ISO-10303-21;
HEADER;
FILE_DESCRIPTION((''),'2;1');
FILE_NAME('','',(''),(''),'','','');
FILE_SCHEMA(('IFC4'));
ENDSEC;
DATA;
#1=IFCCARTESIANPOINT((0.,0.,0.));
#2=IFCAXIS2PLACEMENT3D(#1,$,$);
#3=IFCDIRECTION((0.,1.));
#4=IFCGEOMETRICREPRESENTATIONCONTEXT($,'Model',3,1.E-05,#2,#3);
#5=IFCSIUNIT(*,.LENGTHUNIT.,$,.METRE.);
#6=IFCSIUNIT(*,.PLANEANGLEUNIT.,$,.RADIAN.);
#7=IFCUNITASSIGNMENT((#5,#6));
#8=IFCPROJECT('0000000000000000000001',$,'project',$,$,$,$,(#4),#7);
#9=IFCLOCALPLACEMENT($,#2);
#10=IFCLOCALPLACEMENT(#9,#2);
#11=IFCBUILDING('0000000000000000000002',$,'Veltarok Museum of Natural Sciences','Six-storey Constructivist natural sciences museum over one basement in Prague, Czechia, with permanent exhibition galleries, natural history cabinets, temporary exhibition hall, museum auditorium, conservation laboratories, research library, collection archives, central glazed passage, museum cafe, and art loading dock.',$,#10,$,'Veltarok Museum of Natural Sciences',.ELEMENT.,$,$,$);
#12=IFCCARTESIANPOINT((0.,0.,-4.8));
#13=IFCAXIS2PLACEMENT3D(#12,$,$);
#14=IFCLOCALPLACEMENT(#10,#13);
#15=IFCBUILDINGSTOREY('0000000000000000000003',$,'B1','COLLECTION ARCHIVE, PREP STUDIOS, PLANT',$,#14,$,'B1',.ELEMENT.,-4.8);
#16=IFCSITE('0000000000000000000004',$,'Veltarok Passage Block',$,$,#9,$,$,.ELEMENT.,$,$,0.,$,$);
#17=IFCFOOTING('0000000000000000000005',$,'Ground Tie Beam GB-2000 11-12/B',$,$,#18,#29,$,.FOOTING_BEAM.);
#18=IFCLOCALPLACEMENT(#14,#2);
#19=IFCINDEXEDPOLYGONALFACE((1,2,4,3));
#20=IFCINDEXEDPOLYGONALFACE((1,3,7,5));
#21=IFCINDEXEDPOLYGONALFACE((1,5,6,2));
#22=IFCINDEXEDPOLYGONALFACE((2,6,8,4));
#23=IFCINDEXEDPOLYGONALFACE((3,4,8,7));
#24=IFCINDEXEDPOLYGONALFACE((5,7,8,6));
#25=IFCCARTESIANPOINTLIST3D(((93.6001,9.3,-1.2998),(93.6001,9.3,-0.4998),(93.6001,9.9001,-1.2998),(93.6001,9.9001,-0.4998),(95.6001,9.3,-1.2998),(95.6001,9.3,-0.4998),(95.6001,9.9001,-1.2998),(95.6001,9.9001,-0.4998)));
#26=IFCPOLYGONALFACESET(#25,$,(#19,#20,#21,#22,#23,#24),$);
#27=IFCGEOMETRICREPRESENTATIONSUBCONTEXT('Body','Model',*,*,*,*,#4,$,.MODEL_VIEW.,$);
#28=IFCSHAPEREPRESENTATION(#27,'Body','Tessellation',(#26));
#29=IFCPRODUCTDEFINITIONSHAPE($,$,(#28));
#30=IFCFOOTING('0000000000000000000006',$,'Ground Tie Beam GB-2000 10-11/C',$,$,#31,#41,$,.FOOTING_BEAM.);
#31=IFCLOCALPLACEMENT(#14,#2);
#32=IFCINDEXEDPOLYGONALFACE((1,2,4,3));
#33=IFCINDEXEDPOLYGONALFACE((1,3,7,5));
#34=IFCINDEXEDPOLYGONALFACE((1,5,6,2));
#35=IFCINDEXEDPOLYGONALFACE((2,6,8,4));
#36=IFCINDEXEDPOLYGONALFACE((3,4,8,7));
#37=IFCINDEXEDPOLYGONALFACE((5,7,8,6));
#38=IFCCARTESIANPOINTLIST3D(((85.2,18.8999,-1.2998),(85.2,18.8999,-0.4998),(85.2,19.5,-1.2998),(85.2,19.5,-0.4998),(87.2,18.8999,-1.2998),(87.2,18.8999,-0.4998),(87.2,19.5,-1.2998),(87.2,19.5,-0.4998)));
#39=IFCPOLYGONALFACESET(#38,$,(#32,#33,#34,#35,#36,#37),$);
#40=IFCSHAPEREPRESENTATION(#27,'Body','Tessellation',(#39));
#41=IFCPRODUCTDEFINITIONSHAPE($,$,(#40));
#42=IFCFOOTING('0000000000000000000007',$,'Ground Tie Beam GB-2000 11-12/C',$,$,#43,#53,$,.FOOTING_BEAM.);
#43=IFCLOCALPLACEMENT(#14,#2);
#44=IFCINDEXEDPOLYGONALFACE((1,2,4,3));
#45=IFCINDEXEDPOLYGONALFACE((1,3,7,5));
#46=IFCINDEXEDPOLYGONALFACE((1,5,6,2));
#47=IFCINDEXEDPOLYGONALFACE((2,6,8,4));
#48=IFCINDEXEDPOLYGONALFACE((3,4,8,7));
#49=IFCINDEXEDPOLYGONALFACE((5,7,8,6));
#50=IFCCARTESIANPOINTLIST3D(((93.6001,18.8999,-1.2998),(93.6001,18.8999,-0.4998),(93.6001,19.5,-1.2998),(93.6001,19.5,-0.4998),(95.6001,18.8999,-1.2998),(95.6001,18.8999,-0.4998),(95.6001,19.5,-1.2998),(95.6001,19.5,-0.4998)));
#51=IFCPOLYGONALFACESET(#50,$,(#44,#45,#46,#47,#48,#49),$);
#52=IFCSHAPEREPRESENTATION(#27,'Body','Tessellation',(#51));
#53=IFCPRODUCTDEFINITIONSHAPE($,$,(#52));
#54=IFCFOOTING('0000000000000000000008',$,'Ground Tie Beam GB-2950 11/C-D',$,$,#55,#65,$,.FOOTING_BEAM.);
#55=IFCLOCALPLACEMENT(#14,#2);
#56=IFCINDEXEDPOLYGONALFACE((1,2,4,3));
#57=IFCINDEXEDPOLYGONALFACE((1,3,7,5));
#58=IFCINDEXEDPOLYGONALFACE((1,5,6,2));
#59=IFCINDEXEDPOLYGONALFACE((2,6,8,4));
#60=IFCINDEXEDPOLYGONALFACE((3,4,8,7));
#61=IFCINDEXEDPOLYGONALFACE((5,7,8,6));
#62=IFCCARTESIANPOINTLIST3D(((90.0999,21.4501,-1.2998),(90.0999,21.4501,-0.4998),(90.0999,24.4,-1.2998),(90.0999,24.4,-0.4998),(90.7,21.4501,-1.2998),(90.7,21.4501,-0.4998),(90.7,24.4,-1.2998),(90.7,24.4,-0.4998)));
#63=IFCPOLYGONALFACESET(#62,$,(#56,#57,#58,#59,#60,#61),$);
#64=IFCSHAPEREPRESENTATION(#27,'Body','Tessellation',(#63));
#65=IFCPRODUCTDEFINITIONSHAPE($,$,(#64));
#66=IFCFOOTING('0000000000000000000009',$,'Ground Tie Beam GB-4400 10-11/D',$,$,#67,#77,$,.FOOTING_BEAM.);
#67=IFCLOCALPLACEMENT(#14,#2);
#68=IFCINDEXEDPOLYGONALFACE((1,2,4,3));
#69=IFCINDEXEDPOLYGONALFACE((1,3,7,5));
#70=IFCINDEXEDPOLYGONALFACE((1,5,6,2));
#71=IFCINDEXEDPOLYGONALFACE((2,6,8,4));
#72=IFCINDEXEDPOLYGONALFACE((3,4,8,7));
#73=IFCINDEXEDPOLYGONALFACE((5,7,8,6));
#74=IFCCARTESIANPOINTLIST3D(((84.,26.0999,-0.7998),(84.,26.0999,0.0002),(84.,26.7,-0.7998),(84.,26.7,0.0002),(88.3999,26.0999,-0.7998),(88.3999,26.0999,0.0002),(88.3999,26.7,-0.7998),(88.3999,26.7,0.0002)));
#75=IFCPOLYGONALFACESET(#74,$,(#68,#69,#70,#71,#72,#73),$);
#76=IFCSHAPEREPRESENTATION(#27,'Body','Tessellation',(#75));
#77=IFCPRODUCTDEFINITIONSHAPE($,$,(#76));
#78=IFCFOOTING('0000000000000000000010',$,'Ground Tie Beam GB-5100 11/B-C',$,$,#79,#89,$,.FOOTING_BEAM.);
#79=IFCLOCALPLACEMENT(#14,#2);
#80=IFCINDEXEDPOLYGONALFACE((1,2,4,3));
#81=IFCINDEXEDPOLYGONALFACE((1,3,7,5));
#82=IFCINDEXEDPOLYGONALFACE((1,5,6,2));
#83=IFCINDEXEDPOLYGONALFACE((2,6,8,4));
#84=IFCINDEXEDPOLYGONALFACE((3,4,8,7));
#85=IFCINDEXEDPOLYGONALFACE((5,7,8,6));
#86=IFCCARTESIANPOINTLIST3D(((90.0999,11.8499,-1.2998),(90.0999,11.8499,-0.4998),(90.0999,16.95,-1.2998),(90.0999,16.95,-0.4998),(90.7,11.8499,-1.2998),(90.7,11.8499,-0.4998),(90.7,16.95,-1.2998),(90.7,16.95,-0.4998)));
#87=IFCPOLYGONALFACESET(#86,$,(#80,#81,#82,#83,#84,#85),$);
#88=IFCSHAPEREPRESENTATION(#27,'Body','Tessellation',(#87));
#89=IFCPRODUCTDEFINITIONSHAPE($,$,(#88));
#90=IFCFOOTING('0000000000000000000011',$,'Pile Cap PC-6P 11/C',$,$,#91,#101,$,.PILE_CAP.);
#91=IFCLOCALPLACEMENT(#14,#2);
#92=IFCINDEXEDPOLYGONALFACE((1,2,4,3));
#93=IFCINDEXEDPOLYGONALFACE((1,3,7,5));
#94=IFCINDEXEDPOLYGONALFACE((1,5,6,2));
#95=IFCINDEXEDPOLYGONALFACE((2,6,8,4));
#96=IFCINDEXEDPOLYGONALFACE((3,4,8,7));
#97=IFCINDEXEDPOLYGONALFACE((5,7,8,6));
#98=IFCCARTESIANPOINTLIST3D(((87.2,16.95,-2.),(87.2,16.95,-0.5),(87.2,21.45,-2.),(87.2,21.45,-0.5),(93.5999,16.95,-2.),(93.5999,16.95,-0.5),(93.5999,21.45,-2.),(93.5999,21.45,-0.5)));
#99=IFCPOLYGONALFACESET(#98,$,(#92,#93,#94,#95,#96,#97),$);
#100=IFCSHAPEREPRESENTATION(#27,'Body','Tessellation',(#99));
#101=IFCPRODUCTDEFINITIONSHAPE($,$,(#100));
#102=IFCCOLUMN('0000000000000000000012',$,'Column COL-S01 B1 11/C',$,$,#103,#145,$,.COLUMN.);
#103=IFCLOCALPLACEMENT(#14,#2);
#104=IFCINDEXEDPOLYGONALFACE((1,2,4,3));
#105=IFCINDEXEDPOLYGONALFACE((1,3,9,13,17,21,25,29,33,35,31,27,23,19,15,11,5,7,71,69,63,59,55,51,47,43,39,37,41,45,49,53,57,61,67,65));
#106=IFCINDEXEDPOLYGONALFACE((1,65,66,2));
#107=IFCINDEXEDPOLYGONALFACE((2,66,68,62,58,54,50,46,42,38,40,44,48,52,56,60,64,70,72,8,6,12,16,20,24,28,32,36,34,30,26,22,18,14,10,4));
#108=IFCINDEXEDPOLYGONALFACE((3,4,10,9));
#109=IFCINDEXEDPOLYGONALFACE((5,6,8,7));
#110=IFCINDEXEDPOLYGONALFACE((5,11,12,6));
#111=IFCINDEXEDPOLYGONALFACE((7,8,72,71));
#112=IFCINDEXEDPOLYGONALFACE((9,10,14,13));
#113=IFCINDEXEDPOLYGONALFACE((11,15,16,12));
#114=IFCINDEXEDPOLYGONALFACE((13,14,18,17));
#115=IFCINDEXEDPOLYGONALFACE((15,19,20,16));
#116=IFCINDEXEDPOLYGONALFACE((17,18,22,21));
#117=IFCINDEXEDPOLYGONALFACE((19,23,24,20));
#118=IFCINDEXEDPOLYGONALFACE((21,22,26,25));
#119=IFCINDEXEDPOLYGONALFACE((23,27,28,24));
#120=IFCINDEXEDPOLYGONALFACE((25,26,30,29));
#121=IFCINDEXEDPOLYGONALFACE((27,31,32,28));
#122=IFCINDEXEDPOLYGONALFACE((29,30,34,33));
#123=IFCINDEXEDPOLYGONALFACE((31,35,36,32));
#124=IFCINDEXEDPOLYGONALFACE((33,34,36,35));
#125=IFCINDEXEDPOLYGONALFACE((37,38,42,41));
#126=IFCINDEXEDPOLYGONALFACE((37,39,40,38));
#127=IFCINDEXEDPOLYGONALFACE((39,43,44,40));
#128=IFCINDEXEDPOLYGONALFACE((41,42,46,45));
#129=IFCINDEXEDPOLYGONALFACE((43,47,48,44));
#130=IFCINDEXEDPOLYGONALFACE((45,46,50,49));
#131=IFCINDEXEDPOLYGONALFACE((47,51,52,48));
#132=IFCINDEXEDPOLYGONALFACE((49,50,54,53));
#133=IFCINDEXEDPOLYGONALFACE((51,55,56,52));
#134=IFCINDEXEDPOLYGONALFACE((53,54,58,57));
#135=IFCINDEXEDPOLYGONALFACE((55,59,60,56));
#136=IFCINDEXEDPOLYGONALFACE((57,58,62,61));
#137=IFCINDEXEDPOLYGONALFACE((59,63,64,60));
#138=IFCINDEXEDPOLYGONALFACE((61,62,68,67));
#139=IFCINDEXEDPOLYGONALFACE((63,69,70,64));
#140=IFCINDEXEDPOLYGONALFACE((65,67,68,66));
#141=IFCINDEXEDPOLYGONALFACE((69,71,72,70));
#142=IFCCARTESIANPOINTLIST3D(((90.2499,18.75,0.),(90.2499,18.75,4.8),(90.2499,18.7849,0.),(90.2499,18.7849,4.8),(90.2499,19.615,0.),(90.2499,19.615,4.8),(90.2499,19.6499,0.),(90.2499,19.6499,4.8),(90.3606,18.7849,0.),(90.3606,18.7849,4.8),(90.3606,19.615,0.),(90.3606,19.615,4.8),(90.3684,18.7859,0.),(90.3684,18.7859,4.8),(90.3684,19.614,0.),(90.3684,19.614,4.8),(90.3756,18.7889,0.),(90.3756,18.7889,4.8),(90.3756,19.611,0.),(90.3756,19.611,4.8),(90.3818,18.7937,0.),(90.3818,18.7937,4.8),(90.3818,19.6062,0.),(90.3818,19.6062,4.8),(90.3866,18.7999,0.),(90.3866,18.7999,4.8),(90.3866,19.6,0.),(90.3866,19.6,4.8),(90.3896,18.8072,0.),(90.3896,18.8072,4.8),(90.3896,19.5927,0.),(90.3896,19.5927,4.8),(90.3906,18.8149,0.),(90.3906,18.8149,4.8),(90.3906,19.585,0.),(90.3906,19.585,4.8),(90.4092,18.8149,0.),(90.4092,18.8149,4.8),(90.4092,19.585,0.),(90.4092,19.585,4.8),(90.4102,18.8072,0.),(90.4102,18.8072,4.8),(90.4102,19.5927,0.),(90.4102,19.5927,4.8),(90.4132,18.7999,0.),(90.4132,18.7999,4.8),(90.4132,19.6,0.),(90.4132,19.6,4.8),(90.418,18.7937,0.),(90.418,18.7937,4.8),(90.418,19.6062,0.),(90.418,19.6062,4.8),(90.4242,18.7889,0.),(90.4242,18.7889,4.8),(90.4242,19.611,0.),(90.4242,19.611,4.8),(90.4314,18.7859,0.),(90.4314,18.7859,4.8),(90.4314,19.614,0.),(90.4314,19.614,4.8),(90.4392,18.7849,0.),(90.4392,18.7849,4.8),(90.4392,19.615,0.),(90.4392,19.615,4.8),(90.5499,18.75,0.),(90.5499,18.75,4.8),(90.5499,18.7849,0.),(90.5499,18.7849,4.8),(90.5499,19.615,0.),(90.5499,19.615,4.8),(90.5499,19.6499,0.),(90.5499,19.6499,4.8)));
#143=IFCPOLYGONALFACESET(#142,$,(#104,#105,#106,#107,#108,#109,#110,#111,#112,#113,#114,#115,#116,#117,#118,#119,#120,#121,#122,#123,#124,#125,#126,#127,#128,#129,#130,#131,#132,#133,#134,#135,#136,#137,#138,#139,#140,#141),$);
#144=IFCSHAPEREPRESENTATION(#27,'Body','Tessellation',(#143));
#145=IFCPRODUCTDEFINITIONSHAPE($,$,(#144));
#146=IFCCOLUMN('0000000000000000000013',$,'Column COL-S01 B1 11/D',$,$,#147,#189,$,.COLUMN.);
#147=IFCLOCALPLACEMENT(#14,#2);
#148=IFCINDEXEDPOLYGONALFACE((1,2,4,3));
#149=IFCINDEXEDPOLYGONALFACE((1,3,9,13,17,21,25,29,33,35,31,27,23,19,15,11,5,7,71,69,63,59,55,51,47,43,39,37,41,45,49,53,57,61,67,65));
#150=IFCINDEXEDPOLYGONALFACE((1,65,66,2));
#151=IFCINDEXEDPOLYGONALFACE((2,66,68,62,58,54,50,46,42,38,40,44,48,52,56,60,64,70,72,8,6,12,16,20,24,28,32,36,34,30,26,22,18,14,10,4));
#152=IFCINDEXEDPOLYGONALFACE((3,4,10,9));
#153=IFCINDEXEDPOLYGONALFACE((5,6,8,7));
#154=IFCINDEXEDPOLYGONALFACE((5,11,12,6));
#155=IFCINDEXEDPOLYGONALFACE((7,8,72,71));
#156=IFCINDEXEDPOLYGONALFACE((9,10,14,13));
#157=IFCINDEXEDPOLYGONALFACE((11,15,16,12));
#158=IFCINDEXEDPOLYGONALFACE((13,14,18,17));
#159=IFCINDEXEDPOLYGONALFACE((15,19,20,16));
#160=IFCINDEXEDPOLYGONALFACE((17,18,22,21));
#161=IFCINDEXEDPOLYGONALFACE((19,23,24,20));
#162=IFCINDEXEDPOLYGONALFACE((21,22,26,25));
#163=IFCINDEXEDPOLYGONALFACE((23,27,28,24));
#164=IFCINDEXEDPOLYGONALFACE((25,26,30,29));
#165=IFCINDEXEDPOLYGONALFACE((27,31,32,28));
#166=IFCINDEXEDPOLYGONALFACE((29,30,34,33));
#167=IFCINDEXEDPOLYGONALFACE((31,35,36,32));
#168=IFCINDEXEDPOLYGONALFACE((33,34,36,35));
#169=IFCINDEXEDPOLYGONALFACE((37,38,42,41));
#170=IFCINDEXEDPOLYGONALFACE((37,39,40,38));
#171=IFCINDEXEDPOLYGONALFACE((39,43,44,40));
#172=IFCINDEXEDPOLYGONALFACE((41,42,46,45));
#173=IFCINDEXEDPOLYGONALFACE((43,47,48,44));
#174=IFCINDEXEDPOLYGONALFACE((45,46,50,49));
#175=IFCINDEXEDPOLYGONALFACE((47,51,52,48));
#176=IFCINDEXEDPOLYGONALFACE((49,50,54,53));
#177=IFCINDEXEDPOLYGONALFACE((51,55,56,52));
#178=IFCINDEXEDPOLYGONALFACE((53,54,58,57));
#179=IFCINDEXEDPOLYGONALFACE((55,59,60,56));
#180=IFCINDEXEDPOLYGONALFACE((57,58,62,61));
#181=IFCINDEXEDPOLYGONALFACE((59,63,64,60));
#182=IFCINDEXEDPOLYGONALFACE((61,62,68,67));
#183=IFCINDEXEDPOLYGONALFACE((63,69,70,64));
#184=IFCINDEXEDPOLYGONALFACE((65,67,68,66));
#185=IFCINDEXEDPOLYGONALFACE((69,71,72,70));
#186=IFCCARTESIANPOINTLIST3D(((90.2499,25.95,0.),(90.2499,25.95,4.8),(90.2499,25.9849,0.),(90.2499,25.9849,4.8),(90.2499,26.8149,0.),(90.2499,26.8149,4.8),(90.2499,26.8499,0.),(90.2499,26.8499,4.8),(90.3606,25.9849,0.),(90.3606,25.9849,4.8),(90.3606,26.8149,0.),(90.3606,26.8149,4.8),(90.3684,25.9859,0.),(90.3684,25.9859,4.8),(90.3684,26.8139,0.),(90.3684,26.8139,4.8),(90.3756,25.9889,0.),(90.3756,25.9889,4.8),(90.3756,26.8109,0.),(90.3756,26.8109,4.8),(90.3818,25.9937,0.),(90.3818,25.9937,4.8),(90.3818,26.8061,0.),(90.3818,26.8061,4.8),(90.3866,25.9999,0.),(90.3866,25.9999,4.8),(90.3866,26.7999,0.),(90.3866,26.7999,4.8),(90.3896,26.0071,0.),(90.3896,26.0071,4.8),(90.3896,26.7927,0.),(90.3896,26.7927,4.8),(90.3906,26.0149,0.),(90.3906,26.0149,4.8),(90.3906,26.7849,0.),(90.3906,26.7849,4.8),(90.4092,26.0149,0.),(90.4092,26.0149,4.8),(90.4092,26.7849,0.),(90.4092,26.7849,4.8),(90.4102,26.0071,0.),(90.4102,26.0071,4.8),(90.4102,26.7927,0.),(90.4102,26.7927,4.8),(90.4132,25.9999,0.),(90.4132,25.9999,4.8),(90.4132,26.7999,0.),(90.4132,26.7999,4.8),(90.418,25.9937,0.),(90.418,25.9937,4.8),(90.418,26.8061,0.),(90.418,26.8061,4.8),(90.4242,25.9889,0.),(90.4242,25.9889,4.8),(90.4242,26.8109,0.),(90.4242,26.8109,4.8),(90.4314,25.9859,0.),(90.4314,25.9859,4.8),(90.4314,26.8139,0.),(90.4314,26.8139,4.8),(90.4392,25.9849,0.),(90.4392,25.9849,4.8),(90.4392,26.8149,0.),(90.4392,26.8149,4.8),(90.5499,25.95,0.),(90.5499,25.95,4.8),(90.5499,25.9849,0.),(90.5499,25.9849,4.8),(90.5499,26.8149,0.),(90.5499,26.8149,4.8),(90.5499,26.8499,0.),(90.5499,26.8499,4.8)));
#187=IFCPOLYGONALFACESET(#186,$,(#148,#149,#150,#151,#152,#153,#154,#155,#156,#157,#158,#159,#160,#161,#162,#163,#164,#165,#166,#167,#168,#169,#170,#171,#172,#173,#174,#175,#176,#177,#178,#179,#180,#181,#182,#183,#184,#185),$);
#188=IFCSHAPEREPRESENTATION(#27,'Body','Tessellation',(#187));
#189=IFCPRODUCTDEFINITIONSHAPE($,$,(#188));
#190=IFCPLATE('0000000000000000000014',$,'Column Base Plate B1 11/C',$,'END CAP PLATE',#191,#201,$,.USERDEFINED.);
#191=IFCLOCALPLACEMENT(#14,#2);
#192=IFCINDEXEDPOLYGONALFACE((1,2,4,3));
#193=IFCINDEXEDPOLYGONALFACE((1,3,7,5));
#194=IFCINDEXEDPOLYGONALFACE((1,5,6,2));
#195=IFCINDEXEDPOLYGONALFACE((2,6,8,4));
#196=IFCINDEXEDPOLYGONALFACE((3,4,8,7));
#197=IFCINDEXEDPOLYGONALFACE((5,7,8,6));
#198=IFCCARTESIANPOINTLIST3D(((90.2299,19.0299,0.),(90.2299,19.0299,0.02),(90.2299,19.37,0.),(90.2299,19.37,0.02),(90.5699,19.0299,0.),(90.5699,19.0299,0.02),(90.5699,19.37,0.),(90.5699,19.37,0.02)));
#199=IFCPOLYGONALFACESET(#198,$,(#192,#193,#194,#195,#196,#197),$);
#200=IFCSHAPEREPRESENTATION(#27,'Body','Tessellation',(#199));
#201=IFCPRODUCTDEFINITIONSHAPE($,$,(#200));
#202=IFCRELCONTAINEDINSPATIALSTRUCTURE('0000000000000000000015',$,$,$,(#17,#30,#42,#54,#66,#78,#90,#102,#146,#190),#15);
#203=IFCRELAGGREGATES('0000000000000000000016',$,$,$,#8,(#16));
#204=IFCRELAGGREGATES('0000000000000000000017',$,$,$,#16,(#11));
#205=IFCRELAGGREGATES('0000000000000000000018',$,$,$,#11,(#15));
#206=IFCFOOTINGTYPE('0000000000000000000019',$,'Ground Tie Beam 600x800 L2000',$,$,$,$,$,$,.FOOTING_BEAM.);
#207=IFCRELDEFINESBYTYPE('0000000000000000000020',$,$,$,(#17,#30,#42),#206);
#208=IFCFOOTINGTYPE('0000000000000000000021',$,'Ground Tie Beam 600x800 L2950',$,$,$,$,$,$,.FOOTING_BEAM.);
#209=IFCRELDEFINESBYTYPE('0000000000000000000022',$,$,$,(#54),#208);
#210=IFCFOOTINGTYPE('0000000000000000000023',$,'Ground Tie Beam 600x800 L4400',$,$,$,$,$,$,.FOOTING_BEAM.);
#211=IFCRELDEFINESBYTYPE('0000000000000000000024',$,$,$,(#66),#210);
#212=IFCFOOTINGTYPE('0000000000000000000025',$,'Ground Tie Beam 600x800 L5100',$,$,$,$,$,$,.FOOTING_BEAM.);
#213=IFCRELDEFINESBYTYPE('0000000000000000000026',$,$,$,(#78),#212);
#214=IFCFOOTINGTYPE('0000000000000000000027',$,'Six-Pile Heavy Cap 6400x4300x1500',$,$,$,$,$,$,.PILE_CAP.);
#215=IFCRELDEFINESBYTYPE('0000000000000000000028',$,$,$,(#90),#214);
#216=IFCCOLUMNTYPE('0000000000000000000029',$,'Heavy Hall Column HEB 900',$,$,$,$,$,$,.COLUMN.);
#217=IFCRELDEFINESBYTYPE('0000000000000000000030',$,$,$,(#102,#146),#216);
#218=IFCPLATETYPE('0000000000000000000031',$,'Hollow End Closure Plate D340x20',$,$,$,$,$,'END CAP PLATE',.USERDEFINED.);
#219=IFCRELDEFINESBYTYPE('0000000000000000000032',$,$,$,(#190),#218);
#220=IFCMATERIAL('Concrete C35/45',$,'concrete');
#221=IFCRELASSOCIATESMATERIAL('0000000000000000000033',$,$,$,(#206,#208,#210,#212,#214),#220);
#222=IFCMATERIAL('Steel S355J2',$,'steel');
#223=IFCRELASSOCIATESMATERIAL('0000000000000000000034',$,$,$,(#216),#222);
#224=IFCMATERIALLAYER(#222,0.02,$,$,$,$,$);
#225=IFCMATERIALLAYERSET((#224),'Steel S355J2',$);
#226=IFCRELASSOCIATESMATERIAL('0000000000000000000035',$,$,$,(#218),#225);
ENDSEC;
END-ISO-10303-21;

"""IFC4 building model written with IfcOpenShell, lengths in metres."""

from ifc_helpers import new_model, si_unit, direction, frame, origin, origin_2d, place, context, subcontext, project, spatial, rectangle, i_section, extrude, material, layer, layer_set, material_profile, profile_set, type_object, element, save


model = new_model("IFC4")

# Units and contexts
model_context = context("Model", 3, precision=1e-05, world=origin(), true_north=direction((0.0, 1.0)))
body_context = subcontext(model_context, "Body", "Model", "MODEL_VIEW")
ifc_project = project(units=[si_unit("LENGTHUNIT", "METRE"), si_unit("PLANEANGLEUNIT", "RADIAN")], contexts=[model_context])

# Site, building, storey
site_placement = place(None, origin())
site = spatial("IfcSite", under=ifc_project, at=site_placement, Name="Veltarok Passage Block", CompositionType="ELEMENT", RefElevation=0.0)
building_placement = place(site_placement, origin())
building = spatial("IfcBuilding", under=site, at=building_placement, Name="Veltarok Museum of Natural Sciences", Description="Six-storey Constructivist natural sciences museum over one basement in Prague, Czechia, with permanent exhibition galleries, natural history cabinets, temporary exhibition hall, museum auditorium, conservation laboratories, research library, collection archives, central glazed passage, museum cafe, and art loading dock.", LongName="Veltarok Museum of Natural Sciences", CompositionType="ELEMENT")
storey_placement = place(building_placement, frame((0.0, 0.0, -4.8)))
storey = spatial("IfcBuildingStorey", under=building, at=storey_placement, Name="B1", Description="COLLECTION ARCHIVE, PREP STUDIOS, PLANT", LongName="B1", CompositionType="ELEMENT", Elevation=-4.8)

# Shared definitions
ifc_material_1 = material(Name="Concrete C35/45", Category="concrete")

# Footings
footing_type_1 = type_object("IfcFootingType", Name="Ground Tie Beam 600x800 L2000", PredefinedType="FOOTING_BEAM", material=ifc_material_1)
for number, where, z_axis, x_axis, name in (
    (1, (94.6001, 9.6001, -1.2998), (0.0, 0.0, 1.0), (1.0, 0.0, 0.0), "Ground Tie Beam GB-2000 11-12/B"),
    (2, (86.2, 19.2, -1.2998), (0.0, 0.0, 1.0), (1.0, 0.0, 0.0), "Ground Tie Beam GB-2000 10-11/C"),
    (3, (94.6001, 19.2, -1.2998), (0.0, 0.0, 1.0), (1.0, 0.0, 0.0), "Ground Tie Beam GB-2000 11-12/C"),
):
    element("IfcFooting", number, at=place(storey_placement, frame(where, z_axis=z_axis, x_axis=x_axis)), inside=storey, type_object=footing_type_1, Name=name, PredefinedType="FOOTING_BEAM", context=body_context, shape_type="SweptSolid", body=[
        extrude(rectangle(XDim=2.0, YDim=0.6001, at=origin_2d()), origin(), (0.0, 0.0, 1.0), 0.8),
    ])
footing_type_2 = type_object("IfcFootingType", Name="Ground Tie Beam 600x800 L2950", PredefinedType="FOOTING_BEAM", material=ifc_material_1)
footing_1_placement = place(storey_placement, frame((90.3999, 22.925, -1.2998), z_axis=(0.0, 0.0, 1.0), x_axis=(0.0, 1.0, 0.0)))
element("IfcFooting", 4, at=footing_1_placement, inside=storey, type_object=footing_type_2, Name="Ground Tie Beam GB-2950 11/C-D", PredefinedType="FOOTING_BEAM", context=body_context, shape_type="SweptSolid", body=[
    extrude(rectangle(XDim=2.95, YDim=0.6001, at=origin_2d()), origin(), (0.0, 0.0, 1.0), 0.8),
])
footing_type_3 = type_object("IfcFootingType", Name="Ground Tie Beam 600x800 L4400", PredefinedType="FOOTING_BEAM", material=ifc_material_1)
footing_2_placement = place(storey_placement, frame((86.2, 26.3999, -0.7998), z_axis=(0.0, 0.0, 1.0), x_axis=(1.0, 0.0, 0.0)))
element("IfcFooting", 5, at=footing_2_placement, inside=storey, type_object=footing_type_3, Name="Ground Tie Beam GB-4400 10-11/D", PredefinedType="FOOTING_BEAM", context=body_context, shape_type="SweptSolid", body=[
    extrude(rectangle(XDim=4.3999, YDim=0.6001, at=origin_2d()), origin(), (0.0, 0.0, 1.0), 0.8),
])
footing_type_4 = type_object("IfcFootingType", Name="Ground Tie Beam 600x800 L5100", PredefinedType="FOOTING_BEAM", material=ifc_material_1)
footing_3_placement = place(storey_placement, frame((90.3999, 14.3999, -1.2998), z_axis=(0.0, 0.0, 1.0), x_axis=(0.0, 1.0, 0.0)))
element("IfcFooting", 6, at=footing_3_placement, inside=storey, type_object=footing_type_4, Name="Ground Tie Beam GB-5100 11/B-C", PredefinedType="FOOTING_BEAM", context=body_context, shape_type="SweptSolid", body=[
    extrude(rectangle(XDim=5.1001, YDim=0.6001, at=origin_2d()), origin(), (0.0, 0.0, 1.0), 0.8),
])
footing_type_5 = type_object("IfcFootingType", Name="Six-Pile Heavy Cap 6400x4300x1500", PredefinedType="PILE_CAP", material=ifc_material_1)
footing_4_placement = place(storey_placement, frame((90.3999, 19.2, -2.0), z_axis=(0.0, 0.0, 1.0), x_axis=(1.0, 0.0, 0.0)))
element("IfcFooting", 7, at=footing_4_placement, inside=storey, type_object=footing_type_5, Name="Pile Cap PC-6P 11/C", PredefinedType="PILE_CAP", context=body_context, shape_type="SweptSolid", body=[
    extrude(rectangle(XDim=6.3999, YDim=4.5, at=origin_2d()), origin(), (0.0, 0.0, 1.0), 1.5),
])

# Columns
ifc_material_2 = material(Name="Steel S355J2", Category="steel")
ifc_material_profile_1 = material_profile(ifc_material_2, i_section(OverallWidth=0.3, OverallDepth=0.8999, WebThickness=0.0186, FlangeThickness=0.0349, FilletRadius=0.03, at=origin_2d()), Name="HEB 900")
ifc_profile_set_1 = profile_set([ifc_material_profile_1], Name="Steel S355J2")
column_type = type_object("IfcColumnType", Name="Heavy Hall Column HEB 900", PredefinedType="COLUMN", material=ifc_profile_set_1)
for number, where, z_axis, x_axis, name in (
    (8, (90.3999, 19.2, 0.0), (0.0, 0.0, 1.0), (1.0, 0.0, 0.0), "Column COL-S01 B1 11/C"),
    (9, (90.3999, 26.3999, 0.0), (0.0, 0.0, 1.0), (1.0, 0.0, 0.0), "Column COL-S01 B1 11/D"),
):
    element("IfcColumn", number, at=place(storey_placement, frame(where, z_axis=z_axis, x_axis=x_axis)), inside=storey, type_object=column_type, Name=name, PredefinedType="COLUMN", context=body_context, shape_type="SweptSolid", body=[
        extrude(i_section(OverallWidth=0.3, OverallDepth=0.8999, WebThickness=0.0186, FlangeThickness=0.0349, FilletRadius=0.03, at=origin_2d()), origin(), (0.0, 0.0, 1.0), 4.8),
    ])

# Plate
ifc_layer_1 = layer(ifc_material_2, 0.02)
ifc_layer_set_1 = layer_set([ifc_layer_1], Name="Steel S355J2")
plate_type = type_object("IfcPlateType", Name="Hollow End Closure Plate D340x20", ElementType="END CAP PLATE", PredefinedType="USERDEFINED", material=ifc_layer_set_1)
for number, where, z_axis, x_axis, name in (
    (10, (90.3999, 19.2, 0.0), (0.0, 0.0, 1.0), (1.0, 0.0, 0.0), "Column Base Plate B1 11/C"),
):
    element("IfcPlate", number, at=place(storey_placement, frame(where, z_axis=z_axis, x_axis=x_axis)), inside=storey, type_object=plate_type, Name=name, ObjectType="END CAP PLATE", PredefinedType="USERDEFINED", context=body_context, shape_type="SweptSolid", body=[
        extrude(rectangle(XDim=0.3401, YDim=0.3401, at=origin_2d()), origin(), (0.0, 0.0, 1.0), 0.02),
    ])

save(model, "model.ifc")
